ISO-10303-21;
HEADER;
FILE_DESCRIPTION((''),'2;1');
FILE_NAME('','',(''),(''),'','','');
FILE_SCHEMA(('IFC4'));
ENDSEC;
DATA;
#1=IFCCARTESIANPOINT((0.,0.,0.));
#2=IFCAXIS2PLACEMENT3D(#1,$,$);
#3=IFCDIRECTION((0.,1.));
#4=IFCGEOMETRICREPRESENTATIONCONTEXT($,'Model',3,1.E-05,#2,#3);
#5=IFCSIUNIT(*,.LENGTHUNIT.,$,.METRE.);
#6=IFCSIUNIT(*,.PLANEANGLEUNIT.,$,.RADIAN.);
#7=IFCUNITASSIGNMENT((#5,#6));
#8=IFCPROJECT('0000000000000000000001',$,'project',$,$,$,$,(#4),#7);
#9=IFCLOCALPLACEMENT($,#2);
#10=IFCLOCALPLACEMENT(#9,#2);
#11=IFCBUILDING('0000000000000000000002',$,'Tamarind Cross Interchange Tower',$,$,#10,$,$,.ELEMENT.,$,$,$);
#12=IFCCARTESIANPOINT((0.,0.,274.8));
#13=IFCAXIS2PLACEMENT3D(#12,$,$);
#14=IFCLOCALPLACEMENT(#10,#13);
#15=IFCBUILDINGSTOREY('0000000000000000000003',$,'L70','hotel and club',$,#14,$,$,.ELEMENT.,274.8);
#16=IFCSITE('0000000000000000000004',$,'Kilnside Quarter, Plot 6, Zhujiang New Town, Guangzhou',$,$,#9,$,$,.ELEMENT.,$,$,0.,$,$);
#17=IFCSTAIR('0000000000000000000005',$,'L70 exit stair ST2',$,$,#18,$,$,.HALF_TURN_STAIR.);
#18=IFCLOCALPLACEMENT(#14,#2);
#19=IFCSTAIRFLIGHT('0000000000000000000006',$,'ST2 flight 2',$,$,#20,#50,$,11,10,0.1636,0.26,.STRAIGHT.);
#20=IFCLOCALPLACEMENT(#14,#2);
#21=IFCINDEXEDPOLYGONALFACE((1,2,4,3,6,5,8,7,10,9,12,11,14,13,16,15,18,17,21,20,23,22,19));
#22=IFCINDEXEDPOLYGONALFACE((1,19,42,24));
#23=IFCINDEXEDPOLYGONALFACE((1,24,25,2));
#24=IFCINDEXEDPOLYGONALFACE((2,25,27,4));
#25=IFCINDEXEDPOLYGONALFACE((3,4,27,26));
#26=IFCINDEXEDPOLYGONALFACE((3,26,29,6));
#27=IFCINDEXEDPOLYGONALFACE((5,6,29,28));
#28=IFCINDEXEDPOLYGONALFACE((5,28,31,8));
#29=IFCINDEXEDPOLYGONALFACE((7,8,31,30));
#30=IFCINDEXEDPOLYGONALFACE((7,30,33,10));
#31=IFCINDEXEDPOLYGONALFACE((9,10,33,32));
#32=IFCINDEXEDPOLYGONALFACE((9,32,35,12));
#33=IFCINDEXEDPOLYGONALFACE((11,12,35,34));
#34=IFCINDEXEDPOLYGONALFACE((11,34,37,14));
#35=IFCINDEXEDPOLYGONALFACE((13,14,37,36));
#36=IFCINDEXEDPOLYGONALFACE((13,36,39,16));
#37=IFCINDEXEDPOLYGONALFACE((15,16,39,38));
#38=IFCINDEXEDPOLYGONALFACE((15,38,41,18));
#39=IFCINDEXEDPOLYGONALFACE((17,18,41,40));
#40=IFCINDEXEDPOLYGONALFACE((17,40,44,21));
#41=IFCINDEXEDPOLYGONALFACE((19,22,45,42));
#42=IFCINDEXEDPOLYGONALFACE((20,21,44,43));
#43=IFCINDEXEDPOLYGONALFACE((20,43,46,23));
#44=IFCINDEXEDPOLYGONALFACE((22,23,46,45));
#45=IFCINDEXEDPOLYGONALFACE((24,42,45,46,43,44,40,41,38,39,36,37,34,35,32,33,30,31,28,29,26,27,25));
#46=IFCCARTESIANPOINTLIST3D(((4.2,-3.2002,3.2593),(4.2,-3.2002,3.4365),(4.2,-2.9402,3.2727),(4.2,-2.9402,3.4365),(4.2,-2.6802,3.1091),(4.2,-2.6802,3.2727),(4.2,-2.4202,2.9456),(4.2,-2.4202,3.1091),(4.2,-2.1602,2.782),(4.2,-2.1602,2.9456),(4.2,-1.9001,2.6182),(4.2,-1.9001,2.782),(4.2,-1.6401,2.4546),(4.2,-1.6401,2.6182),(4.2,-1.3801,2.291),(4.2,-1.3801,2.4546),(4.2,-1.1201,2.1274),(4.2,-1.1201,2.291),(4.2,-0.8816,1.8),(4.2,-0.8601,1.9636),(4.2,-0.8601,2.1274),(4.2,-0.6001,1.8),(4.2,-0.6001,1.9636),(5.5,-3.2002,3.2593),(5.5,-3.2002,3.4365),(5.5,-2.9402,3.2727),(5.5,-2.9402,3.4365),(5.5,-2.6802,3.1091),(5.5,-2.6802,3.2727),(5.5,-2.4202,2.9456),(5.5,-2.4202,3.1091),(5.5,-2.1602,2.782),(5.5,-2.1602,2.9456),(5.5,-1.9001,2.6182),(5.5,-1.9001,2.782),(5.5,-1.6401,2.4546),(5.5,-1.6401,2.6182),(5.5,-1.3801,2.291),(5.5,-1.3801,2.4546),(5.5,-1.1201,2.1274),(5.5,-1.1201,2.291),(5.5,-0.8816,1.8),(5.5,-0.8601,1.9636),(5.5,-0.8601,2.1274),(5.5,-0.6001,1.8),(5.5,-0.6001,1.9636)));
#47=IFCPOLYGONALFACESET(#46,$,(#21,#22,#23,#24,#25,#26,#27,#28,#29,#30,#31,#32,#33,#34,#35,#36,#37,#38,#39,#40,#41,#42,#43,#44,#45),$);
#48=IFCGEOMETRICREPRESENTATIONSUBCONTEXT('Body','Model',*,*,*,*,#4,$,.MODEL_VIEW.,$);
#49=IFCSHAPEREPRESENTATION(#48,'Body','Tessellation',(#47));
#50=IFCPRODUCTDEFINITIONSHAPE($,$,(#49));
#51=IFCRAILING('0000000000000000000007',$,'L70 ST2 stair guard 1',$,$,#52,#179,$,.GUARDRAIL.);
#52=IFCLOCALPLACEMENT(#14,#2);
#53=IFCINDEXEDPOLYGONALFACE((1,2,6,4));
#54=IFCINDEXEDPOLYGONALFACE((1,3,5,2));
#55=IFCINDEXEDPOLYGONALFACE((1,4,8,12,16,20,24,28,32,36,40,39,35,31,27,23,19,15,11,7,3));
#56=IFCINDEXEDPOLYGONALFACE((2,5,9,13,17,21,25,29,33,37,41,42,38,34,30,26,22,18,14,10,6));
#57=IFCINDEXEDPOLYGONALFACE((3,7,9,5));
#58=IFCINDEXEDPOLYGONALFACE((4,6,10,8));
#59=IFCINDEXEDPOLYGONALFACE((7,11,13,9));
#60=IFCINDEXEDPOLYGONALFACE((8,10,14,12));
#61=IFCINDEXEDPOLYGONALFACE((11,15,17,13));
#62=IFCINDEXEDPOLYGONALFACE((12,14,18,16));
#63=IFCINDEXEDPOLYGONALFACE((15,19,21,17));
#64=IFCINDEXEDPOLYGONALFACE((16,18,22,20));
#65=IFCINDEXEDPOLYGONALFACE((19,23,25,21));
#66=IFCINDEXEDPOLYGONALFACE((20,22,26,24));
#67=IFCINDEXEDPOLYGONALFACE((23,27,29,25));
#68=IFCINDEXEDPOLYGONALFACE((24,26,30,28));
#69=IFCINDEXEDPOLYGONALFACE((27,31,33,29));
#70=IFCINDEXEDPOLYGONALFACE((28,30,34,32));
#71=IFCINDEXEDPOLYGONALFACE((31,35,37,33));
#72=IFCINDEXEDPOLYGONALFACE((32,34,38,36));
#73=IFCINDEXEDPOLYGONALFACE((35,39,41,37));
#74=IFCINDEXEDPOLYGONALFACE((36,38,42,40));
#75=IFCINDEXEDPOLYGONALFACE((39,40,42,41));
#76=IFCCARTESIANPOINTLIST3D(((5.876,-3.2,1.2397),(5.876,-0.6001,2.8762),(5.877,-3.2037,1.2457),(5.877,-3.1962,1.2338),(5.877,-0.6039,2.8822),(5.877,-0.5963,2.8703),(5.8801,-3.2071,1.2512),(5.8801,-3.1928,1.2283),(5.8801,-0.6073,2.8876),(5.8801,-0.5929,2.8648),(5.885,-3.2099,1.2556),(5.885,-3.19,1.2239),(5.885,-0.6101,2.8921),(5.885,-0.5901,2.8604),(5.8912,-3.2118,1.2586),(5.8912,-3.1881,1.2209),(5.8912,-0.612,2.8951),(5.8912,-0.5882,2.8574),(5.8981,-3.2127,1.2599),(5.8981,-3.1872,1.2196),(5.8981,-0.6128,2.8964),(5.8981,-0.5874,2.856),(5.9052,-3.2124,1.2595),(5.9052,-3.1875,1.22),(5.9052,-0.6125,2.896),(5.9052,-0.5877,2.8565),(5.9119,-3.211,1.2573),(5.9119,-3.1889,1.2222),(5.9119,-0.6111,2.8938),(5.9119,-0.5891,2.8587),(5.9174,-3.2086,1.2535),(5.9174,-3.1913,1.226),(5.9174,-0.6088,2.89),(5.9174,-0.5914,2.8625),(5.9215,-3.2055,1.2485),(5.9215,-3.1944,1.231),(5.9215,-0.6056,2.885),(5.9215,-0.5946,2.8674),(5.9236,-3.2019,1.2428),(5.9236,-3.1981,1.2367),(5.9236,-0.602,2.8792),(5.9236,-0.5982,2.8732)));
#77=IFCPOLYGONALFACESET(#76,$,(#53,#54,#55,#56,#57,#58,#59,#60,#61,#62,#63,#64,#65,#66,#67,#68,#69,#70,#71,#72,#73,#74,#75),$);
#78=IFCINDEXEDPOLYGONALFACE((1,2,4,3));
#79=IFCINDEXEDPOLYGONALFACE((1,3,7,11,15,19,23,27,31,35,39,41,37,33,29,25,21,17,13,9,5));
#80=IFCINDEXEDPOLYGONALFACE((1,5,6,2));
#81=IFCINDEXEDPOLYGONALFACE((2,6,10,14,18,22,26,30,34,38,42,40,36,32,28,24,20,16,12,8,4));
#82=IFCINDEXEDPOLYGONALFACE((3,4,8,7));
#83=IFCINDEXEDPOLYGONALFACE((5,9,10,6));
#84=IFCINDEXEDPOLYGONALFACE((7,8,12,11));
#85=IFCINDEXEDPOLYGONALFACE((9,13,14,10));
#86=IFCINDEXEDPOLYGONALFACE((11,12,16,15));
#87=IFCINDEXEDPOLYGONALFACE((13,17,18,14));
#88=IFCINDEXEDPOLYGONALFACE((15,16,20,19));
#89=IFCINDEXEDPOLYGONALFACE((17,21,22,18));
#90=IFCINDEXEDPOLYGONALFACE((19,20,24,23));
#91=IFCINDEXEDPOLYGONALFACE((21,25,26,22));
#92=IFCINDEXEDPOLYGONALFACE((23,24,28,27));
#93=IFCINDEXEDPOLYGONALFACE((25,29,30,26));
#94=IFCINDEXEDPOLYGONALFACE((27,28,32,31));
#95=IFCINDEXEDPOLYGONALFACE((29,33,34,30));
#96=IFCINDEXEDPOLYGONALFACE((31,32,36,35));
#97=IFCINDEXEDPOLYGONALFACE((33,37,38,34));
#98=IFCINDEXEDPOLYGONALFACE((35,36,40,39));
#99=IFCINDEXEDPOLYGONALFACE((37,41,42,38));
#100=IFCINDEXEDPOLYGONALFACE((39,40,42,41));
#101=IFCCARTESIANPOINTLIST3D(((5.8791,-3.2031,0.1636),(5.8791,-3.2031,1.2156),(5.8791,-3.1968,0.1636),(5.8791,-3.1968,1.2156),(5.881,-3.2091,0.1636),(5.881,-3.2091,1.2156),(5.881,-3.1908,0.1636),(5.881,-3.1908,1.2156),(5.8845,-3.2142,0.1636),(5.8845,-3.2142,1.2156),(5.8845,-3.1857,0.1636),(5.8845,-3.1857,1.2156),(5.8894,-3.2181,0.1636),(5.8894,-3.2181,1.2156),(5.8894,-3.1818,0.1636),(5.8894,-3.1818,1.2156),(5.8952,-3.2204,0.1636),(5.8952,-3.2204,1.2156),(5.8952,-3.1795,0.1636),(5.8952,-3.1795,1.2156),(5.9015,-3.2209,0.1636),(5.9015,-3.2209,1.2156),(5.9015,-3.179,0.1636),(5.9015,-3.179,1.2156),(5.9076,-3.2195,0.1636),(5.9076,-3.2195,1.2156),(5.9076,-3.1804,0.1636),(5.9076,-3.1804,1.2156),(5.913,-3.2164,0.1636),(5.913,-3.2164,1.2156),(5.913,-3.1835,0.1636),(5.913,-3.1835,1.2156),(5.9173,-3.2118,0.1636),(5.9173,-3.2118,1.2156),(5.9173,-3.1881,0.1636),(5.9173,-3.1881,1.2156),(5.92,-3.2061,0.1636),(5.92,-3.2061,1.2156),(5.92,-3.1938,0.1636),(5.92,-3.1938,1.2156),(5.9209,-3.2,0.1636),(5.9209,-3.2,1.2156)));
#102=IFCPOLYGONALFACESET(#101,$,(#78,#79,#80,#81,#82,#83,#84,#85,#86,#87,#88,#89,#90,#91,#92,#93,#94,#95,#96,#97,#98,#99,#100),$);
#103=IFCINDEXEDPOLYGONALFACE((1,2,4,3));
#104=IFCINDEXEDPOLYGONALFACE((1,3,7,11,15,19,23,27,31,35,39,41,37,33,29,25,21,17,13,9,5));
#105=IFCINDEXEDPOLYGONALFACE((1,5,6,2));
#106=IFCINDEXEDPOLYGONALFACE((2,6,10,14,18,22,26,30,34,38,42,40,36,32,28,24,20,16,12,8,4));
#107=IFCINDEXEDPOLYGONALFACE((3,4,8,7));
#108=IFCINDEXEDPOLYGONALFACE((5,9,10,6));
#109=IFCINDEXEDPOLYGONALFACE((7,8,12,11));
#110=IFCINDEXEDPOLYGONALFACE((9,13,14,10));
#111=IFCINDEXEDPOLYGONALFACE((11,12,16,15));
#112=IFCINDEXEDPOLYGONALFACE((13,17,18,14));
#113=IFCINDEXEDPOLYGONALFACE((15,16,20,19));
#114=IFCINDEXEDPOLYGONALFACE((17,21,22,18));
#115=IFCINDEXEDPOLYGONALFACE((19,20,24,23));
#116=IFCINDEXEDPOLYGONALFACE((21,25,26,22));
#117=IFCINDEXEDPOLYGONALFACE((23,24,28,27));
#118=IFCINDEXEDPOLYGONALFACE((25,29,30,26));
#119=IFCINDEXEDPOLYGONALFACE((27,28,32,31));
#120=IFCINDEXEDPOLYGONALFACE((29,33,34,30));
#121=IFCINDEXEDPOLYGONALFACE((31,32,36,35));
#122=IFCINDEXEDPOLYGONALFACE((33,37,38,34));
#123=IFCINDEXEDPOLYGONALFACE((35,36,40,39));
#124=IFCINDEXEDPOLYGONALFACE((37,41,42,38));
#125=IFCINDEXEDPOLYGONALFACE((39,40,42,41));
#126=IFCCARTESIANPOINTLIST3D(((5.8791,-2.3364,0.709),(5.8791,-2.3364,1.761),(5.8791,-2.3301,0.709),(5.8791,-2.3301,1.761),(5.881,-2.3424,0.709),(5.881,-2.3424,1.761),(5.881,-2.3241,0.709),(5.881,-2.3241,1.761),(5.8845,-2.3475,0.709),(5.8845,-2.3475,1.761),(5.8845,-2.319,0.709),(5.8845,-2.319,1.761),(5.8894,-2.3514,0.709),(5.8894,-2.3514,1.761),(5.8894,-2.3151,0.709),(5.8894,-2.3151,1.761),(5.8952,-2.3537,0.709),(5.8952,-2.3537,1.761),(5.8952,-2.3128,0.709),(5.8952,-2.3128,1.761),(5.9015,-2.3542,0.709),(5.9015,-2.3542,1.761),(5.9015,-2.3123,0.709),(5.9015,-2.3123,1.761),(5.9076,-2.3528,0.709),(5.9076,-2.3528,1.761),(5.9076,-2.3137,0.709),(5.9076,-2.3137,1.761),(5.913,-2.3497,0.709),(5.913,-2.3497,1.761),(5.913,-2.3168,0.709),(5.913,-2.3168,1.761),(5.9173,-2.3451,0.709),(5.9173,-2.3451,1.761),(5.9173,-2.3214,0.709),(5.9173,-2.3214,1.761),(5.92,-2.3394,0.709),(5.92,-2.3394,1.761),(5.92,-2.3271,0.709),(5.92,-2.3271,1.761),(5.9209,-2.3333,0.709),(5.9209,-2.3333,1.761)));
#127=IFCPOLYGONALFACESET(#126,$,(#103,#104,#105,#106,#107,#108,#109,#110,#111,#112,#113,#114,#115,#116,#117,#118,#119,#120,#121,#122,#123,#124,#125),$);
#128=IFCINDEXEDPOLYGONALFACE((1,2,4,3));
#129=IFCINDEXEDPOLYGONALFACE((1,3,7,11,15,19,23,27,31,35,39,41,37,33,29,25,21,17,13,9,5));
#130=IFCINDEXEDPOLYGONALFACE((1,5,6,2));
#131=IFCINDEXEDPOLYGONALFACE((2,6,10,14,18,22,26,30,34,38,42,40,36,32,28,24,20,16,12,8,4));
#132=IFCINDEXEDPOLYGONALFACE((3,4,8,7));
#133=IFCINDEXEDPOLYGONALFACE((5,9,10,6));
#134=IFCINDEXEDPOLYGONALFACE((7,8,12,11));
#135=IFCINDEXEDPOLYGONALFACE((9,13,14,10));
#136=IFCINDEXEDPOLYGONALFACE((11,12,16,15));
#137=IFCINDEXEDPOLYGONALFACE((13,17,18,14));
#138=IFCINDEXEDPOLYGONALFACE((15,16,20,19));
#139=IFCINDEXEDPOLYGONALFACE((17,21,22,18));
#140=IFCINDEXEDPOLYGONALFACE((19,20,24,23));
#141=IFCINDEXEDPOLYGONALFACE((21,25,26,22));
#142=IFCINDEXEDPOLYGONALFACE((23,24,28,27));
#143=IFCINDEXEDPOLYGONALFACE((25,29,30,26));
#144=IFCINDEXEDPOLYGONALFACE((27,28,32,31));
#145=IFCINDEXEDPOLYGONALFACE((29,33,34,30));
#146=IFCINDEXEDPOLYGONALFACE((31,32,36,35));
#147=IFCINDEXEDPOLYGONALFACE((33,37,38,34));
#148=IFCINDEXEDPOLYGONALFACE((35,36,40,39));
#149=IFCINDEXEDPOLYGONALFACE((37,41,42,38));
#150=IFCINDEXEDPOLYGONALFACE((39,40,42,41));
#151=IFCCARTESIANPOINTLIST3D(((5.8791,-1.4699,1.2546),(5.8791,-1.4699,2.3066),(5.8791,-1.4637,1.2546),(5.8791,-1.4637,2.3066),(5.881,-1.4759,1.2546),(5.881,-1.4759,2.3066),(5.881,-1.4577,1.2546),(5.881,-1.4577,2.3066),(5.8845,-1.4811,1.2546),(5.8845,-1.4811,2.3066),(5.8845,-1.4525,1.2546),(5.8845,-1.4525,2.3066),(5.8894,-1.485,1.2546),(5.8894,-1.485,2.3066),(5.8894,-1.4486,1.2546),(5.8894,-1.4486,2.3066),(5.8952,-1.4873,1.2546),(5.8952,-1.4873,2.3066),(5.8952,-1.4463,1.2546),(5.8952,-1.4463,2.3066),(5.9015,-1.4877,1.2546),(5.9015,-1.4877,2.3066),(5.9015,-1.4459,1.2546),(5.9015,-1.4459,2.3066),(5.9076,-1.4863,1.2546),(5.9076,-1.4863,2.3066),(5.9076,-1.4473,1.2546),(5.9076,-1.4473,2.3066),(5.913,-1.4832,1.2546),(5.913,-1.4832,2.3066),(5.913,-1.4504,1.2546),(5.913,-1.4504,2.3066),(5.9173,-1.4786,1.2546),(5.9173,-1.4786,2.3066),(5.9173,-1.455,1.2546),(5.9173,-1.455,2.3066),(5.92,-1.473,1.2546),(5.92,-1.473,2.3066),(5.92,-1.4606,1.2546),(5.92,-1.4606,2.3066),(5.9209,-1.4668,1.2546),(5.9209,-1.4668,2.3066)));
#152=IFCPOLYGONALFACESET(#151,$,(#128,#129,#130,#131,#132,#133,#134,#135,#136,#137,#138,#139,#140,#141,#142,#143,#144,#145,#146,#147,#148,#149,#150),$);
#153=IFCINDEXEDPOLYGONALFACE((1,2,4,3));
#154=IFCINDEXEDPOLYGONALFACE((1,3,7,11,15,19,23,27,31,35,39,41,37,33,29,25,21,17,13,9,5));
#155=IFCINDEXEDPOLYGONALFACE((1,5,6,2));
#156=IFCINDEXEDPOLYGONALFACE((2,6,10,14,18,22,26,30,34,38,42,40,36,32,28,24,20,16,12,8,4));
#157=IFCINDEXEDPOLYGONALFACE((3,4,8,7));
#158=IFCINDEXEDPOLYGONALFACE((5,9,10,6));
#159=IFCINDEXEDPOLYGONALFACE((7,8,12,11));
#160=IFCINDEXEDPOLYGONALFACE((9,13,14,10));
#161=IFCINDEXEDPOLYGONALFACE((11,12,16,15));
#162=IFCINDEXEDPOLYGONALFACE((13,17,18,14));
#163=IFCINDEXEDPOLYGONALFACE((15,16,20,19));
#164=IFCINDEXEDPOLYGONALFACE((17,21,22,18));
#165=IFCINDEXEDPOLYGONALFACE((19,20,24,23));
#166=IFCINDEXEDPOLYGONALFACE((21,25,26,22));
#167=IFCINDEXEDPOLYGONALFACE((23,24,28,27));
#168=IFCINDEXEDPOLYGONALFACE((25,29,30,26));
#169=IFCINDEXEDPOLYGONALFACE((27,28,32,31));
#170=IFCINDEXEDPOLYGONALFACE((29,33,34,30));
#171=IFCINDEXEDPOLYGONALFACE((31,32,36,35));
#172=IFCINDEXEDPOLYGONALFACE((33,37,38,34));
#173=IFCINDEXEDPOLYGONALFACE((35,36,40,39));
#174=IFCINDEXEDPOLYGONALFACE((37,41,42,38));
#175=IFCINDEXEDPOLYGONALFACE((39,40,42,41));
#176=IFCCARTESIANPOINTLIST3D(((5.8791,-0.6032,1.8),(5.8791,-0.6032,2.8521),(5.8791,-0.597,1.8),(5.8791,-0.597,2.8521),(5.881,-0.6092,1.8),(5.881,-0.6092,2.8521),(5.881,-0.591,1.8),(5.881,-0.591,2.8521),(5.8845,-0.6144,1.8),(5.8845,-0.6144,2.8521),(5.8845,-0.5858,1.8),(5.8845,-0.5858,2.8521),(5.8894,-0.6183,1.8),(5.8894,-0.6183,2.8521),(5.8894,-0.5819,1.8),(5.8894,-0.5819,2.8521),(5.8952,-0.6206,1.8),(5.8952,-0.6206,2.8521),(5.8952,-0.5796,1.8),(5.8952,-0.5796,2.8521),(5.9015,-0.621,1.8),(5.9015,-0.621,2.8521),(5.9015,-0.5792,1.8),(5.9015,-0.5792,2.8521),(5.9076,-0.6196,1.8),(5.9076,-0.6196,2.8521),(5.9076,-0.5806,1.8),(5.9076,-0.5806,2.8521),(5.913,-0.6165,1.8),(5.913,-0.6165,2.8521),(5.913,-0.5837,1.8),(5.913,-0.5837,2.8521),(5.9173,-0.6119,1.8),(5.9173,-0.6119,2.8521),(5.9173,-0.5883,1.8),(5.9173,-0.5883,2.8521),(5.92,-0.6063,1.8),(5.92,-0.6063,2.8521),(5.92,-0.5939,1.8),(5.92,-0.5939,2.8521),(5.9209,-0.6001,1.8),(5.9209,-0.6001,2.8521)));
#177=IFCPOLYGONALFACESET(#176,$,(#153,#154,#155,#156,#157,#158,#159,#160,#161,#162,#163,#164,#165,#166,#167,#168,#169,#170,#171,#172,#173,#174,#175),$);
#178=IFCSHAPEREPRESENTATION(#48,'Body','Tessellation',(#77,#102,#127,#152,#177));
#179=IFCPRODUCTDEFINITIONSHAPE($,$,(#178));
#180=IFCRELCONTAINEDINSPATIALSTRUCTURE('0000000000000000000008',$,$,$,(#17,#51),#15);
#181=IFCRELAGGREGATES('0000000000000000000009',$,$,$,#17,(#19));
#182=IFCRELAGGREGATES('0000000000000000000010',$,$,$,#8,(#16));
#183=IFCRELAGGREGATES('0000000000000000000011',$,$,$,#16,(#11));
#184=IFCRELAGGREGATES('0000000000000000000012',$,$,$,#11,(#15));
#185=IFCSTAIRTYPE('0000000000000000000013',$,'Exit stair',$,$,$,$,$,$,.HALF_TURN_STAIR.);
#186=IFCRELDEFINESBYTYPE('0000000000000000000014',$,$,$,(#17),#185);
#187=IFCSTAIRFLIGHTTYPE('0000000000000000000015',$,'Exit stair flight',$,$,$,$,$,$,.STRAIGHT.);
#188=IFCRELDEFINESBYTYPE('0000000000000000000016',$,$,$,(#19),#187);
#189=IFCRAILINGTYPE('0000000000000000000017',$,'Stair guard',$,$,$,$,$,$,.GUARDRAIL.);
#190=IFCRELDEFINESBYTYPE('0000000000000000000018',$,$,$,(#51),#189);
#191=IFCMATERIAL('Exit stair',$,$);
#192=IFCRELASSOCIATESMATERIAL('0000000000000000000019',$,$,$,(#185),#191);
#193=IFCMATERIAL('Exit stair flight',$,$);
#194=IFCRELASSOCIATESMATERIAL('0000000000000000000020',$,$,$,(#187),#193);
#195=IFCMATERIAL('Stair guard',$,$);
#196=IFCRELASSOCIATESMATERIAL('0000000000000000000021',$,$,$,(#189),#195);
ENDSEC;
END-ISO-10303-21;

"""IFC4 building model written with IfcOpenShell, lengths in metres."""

from ifc_helpers import new_model, si_unit, direction, frame, origin, origin_2d, place, context, subcontext, project, spatial, polyline, circle, outline, extrude, material, type_object, element, aggregate, save


model = new_model("IFC4")

# Units and contexts
model_context = context("Model", 3, precision=1e-05, world=origin(), true_north=direction((0.0, 1.0)))
body_context = subcontext(model_context, "Body", "Model", "MODEL_VIEW")
ifc_project = project(units=[si_unit("LENGTHUNIT", "METRE"), si_unit("PLANEANGLEUNIT", "RADIAN")], contexts=[model_context])

# Site, building, storey
site_placement = place(None, origin())
site = spatial("IfcSite", under=ifc_project, at=site_placement, Name="Kilnside Quarter, Plot 6, Zhujiang New Town, Guangzhou", CompositionType="ELEMENT", RefElevation=0.0)
building_placement = place(site_placement, origin())
building = spatial("IfcBuilding", under=site, at=building_placement, Name="Tamarind Cross Interchange Tower", CompositionType="ELEMENT")
storey_placement = place(building_placement, frame((0.0, 0.0, 274.8)))
storey = spatial("IfcBuildingStorey", under=building, at=storey_placement, Name="L70", Description="hotel and club", CompositionType="ELEMENT", Elevation=274.8)

# Stair, stair flight
ifc_material_1 = material(Name="Exit stair")
stair_type = type_object("IfcStairType", Name="Exit stair", PredefinedType="HALF_TURN_STAIR", material=ifc_material_1)
stair_placement = place(storey_placement, origin())
stair = element("IfcStair", 1, at=stair_placement, inside=storey, type_object=stair_type, Name="L70 exit stair ST2", PredefinedType="HALF_TURN_STAIR")
ifc_material_2 = material(Name="Exit stair flight")
stair_flight_type = type_object("IfcStairFlightType", Name="Exit stair flight", PredefinedType="STRAIGHT", material=ifc_material_2)
stair_flight_1_placement = place(storey_placement, frame((4.8501, -0.6001, 1.8), z_axis=(0.0, 0.0, 1.0), x_axis=(0.0, -1.0, 0.0)))
stair_flight_1 = element("IfcStairFlight", 2, at=stair_flight_1_placement, type_object=stair_flight_type, Name="ST2 flight 2", NumberOfRisers=11, NumberOfTreads=10, PredefinedType="STRAIGHT", RiserHeight=0.1636, TreadLength=0.26, context=body_context, shape_type="SweptSolid", body=[
    extrude(outline(polyline([(0.0, 0.0), (0.0, 0.1636), (0.26, 0.1636), (0.26, 0.3274), (0.52, 0.3274), (0.52, 0.491), (0.78, 0.491), (0.78, 0.6545), (1.04, 0.6545), (1.04, 0.8181), (1.3, 0.8181), (1.3, 0.9819), (1.5601, 0.9819), (1.5601, 1.1455), (1.8201, 1.1455), (1.8201, 1.3091), (2.0801, 1.3091), (2.0801, 1.4727), (2.3401, 1.4727), (2.3401, 1.6365), (2.6001, 1.6365), (2.6001, 1.8), (2.6001, 1.4592), (0.2815, 0.0), (0.0, 0.0)])), frame((0.0, 0.6499, 0.0), z_axis=(0.0, -1.0, 0.0), x_axis=(1.0, 0.0, 0.0)), (0.0, 0.0, 1.0), 1.3),
])
aggregate(stair, [stair_flight_1])

# Railing
ifc_material_3 = material(Name="Stair guard")
railing_type_1 = type_object("IfcRailingType", Name="Stair guard", PredefinedType="GUARDRAIL", material=ifc_material_3)
railing_1_placement = place(storey_placement, frame((5.8999, -3.2, 0.1636)))
element("IfcRailing", 3, at=railing_1_placement, inside=storey, type_object=railing_type_1, Name="L70 ST2 stair guard 1", PredefinedType="GUARDRAIL", context=body_context, shape_type="SweptSolid", body=[
    extrude(circle(Radius=0.0239, at=origin_2d()), frame((0.0, 0.0, 1.0762), z_axis=(0.0, 0.846302, 0.532704), x_axis=(-1.0, 0.0, 0.0)), (0.0, 0.0, 1.0), 3.072),
    extrude(circle(Radius=0.021, at=origin_2d()), origin(), (0.0, 0.0, 1.0), 1.052),
    extrude(circle(Radius=0.021, at=origin_2d()), frame((0.0, 0.8667, 0.5454)), (0.0, 0.0, 1.0), 1.052),
    extrude(circle(Radius=0.021, at=origin_2d()), frame((0.0, 1.7332, 1.0911)), (0.0, 0.0, 1.0), 1.052),
    extrude(circle(Radius=0.021, at=origin_2d()), frame((0.0, 2.5999, 1.6365)), (0.0, 0.0, 1.0), 1.052),
])

save(model, "model.ifc")
